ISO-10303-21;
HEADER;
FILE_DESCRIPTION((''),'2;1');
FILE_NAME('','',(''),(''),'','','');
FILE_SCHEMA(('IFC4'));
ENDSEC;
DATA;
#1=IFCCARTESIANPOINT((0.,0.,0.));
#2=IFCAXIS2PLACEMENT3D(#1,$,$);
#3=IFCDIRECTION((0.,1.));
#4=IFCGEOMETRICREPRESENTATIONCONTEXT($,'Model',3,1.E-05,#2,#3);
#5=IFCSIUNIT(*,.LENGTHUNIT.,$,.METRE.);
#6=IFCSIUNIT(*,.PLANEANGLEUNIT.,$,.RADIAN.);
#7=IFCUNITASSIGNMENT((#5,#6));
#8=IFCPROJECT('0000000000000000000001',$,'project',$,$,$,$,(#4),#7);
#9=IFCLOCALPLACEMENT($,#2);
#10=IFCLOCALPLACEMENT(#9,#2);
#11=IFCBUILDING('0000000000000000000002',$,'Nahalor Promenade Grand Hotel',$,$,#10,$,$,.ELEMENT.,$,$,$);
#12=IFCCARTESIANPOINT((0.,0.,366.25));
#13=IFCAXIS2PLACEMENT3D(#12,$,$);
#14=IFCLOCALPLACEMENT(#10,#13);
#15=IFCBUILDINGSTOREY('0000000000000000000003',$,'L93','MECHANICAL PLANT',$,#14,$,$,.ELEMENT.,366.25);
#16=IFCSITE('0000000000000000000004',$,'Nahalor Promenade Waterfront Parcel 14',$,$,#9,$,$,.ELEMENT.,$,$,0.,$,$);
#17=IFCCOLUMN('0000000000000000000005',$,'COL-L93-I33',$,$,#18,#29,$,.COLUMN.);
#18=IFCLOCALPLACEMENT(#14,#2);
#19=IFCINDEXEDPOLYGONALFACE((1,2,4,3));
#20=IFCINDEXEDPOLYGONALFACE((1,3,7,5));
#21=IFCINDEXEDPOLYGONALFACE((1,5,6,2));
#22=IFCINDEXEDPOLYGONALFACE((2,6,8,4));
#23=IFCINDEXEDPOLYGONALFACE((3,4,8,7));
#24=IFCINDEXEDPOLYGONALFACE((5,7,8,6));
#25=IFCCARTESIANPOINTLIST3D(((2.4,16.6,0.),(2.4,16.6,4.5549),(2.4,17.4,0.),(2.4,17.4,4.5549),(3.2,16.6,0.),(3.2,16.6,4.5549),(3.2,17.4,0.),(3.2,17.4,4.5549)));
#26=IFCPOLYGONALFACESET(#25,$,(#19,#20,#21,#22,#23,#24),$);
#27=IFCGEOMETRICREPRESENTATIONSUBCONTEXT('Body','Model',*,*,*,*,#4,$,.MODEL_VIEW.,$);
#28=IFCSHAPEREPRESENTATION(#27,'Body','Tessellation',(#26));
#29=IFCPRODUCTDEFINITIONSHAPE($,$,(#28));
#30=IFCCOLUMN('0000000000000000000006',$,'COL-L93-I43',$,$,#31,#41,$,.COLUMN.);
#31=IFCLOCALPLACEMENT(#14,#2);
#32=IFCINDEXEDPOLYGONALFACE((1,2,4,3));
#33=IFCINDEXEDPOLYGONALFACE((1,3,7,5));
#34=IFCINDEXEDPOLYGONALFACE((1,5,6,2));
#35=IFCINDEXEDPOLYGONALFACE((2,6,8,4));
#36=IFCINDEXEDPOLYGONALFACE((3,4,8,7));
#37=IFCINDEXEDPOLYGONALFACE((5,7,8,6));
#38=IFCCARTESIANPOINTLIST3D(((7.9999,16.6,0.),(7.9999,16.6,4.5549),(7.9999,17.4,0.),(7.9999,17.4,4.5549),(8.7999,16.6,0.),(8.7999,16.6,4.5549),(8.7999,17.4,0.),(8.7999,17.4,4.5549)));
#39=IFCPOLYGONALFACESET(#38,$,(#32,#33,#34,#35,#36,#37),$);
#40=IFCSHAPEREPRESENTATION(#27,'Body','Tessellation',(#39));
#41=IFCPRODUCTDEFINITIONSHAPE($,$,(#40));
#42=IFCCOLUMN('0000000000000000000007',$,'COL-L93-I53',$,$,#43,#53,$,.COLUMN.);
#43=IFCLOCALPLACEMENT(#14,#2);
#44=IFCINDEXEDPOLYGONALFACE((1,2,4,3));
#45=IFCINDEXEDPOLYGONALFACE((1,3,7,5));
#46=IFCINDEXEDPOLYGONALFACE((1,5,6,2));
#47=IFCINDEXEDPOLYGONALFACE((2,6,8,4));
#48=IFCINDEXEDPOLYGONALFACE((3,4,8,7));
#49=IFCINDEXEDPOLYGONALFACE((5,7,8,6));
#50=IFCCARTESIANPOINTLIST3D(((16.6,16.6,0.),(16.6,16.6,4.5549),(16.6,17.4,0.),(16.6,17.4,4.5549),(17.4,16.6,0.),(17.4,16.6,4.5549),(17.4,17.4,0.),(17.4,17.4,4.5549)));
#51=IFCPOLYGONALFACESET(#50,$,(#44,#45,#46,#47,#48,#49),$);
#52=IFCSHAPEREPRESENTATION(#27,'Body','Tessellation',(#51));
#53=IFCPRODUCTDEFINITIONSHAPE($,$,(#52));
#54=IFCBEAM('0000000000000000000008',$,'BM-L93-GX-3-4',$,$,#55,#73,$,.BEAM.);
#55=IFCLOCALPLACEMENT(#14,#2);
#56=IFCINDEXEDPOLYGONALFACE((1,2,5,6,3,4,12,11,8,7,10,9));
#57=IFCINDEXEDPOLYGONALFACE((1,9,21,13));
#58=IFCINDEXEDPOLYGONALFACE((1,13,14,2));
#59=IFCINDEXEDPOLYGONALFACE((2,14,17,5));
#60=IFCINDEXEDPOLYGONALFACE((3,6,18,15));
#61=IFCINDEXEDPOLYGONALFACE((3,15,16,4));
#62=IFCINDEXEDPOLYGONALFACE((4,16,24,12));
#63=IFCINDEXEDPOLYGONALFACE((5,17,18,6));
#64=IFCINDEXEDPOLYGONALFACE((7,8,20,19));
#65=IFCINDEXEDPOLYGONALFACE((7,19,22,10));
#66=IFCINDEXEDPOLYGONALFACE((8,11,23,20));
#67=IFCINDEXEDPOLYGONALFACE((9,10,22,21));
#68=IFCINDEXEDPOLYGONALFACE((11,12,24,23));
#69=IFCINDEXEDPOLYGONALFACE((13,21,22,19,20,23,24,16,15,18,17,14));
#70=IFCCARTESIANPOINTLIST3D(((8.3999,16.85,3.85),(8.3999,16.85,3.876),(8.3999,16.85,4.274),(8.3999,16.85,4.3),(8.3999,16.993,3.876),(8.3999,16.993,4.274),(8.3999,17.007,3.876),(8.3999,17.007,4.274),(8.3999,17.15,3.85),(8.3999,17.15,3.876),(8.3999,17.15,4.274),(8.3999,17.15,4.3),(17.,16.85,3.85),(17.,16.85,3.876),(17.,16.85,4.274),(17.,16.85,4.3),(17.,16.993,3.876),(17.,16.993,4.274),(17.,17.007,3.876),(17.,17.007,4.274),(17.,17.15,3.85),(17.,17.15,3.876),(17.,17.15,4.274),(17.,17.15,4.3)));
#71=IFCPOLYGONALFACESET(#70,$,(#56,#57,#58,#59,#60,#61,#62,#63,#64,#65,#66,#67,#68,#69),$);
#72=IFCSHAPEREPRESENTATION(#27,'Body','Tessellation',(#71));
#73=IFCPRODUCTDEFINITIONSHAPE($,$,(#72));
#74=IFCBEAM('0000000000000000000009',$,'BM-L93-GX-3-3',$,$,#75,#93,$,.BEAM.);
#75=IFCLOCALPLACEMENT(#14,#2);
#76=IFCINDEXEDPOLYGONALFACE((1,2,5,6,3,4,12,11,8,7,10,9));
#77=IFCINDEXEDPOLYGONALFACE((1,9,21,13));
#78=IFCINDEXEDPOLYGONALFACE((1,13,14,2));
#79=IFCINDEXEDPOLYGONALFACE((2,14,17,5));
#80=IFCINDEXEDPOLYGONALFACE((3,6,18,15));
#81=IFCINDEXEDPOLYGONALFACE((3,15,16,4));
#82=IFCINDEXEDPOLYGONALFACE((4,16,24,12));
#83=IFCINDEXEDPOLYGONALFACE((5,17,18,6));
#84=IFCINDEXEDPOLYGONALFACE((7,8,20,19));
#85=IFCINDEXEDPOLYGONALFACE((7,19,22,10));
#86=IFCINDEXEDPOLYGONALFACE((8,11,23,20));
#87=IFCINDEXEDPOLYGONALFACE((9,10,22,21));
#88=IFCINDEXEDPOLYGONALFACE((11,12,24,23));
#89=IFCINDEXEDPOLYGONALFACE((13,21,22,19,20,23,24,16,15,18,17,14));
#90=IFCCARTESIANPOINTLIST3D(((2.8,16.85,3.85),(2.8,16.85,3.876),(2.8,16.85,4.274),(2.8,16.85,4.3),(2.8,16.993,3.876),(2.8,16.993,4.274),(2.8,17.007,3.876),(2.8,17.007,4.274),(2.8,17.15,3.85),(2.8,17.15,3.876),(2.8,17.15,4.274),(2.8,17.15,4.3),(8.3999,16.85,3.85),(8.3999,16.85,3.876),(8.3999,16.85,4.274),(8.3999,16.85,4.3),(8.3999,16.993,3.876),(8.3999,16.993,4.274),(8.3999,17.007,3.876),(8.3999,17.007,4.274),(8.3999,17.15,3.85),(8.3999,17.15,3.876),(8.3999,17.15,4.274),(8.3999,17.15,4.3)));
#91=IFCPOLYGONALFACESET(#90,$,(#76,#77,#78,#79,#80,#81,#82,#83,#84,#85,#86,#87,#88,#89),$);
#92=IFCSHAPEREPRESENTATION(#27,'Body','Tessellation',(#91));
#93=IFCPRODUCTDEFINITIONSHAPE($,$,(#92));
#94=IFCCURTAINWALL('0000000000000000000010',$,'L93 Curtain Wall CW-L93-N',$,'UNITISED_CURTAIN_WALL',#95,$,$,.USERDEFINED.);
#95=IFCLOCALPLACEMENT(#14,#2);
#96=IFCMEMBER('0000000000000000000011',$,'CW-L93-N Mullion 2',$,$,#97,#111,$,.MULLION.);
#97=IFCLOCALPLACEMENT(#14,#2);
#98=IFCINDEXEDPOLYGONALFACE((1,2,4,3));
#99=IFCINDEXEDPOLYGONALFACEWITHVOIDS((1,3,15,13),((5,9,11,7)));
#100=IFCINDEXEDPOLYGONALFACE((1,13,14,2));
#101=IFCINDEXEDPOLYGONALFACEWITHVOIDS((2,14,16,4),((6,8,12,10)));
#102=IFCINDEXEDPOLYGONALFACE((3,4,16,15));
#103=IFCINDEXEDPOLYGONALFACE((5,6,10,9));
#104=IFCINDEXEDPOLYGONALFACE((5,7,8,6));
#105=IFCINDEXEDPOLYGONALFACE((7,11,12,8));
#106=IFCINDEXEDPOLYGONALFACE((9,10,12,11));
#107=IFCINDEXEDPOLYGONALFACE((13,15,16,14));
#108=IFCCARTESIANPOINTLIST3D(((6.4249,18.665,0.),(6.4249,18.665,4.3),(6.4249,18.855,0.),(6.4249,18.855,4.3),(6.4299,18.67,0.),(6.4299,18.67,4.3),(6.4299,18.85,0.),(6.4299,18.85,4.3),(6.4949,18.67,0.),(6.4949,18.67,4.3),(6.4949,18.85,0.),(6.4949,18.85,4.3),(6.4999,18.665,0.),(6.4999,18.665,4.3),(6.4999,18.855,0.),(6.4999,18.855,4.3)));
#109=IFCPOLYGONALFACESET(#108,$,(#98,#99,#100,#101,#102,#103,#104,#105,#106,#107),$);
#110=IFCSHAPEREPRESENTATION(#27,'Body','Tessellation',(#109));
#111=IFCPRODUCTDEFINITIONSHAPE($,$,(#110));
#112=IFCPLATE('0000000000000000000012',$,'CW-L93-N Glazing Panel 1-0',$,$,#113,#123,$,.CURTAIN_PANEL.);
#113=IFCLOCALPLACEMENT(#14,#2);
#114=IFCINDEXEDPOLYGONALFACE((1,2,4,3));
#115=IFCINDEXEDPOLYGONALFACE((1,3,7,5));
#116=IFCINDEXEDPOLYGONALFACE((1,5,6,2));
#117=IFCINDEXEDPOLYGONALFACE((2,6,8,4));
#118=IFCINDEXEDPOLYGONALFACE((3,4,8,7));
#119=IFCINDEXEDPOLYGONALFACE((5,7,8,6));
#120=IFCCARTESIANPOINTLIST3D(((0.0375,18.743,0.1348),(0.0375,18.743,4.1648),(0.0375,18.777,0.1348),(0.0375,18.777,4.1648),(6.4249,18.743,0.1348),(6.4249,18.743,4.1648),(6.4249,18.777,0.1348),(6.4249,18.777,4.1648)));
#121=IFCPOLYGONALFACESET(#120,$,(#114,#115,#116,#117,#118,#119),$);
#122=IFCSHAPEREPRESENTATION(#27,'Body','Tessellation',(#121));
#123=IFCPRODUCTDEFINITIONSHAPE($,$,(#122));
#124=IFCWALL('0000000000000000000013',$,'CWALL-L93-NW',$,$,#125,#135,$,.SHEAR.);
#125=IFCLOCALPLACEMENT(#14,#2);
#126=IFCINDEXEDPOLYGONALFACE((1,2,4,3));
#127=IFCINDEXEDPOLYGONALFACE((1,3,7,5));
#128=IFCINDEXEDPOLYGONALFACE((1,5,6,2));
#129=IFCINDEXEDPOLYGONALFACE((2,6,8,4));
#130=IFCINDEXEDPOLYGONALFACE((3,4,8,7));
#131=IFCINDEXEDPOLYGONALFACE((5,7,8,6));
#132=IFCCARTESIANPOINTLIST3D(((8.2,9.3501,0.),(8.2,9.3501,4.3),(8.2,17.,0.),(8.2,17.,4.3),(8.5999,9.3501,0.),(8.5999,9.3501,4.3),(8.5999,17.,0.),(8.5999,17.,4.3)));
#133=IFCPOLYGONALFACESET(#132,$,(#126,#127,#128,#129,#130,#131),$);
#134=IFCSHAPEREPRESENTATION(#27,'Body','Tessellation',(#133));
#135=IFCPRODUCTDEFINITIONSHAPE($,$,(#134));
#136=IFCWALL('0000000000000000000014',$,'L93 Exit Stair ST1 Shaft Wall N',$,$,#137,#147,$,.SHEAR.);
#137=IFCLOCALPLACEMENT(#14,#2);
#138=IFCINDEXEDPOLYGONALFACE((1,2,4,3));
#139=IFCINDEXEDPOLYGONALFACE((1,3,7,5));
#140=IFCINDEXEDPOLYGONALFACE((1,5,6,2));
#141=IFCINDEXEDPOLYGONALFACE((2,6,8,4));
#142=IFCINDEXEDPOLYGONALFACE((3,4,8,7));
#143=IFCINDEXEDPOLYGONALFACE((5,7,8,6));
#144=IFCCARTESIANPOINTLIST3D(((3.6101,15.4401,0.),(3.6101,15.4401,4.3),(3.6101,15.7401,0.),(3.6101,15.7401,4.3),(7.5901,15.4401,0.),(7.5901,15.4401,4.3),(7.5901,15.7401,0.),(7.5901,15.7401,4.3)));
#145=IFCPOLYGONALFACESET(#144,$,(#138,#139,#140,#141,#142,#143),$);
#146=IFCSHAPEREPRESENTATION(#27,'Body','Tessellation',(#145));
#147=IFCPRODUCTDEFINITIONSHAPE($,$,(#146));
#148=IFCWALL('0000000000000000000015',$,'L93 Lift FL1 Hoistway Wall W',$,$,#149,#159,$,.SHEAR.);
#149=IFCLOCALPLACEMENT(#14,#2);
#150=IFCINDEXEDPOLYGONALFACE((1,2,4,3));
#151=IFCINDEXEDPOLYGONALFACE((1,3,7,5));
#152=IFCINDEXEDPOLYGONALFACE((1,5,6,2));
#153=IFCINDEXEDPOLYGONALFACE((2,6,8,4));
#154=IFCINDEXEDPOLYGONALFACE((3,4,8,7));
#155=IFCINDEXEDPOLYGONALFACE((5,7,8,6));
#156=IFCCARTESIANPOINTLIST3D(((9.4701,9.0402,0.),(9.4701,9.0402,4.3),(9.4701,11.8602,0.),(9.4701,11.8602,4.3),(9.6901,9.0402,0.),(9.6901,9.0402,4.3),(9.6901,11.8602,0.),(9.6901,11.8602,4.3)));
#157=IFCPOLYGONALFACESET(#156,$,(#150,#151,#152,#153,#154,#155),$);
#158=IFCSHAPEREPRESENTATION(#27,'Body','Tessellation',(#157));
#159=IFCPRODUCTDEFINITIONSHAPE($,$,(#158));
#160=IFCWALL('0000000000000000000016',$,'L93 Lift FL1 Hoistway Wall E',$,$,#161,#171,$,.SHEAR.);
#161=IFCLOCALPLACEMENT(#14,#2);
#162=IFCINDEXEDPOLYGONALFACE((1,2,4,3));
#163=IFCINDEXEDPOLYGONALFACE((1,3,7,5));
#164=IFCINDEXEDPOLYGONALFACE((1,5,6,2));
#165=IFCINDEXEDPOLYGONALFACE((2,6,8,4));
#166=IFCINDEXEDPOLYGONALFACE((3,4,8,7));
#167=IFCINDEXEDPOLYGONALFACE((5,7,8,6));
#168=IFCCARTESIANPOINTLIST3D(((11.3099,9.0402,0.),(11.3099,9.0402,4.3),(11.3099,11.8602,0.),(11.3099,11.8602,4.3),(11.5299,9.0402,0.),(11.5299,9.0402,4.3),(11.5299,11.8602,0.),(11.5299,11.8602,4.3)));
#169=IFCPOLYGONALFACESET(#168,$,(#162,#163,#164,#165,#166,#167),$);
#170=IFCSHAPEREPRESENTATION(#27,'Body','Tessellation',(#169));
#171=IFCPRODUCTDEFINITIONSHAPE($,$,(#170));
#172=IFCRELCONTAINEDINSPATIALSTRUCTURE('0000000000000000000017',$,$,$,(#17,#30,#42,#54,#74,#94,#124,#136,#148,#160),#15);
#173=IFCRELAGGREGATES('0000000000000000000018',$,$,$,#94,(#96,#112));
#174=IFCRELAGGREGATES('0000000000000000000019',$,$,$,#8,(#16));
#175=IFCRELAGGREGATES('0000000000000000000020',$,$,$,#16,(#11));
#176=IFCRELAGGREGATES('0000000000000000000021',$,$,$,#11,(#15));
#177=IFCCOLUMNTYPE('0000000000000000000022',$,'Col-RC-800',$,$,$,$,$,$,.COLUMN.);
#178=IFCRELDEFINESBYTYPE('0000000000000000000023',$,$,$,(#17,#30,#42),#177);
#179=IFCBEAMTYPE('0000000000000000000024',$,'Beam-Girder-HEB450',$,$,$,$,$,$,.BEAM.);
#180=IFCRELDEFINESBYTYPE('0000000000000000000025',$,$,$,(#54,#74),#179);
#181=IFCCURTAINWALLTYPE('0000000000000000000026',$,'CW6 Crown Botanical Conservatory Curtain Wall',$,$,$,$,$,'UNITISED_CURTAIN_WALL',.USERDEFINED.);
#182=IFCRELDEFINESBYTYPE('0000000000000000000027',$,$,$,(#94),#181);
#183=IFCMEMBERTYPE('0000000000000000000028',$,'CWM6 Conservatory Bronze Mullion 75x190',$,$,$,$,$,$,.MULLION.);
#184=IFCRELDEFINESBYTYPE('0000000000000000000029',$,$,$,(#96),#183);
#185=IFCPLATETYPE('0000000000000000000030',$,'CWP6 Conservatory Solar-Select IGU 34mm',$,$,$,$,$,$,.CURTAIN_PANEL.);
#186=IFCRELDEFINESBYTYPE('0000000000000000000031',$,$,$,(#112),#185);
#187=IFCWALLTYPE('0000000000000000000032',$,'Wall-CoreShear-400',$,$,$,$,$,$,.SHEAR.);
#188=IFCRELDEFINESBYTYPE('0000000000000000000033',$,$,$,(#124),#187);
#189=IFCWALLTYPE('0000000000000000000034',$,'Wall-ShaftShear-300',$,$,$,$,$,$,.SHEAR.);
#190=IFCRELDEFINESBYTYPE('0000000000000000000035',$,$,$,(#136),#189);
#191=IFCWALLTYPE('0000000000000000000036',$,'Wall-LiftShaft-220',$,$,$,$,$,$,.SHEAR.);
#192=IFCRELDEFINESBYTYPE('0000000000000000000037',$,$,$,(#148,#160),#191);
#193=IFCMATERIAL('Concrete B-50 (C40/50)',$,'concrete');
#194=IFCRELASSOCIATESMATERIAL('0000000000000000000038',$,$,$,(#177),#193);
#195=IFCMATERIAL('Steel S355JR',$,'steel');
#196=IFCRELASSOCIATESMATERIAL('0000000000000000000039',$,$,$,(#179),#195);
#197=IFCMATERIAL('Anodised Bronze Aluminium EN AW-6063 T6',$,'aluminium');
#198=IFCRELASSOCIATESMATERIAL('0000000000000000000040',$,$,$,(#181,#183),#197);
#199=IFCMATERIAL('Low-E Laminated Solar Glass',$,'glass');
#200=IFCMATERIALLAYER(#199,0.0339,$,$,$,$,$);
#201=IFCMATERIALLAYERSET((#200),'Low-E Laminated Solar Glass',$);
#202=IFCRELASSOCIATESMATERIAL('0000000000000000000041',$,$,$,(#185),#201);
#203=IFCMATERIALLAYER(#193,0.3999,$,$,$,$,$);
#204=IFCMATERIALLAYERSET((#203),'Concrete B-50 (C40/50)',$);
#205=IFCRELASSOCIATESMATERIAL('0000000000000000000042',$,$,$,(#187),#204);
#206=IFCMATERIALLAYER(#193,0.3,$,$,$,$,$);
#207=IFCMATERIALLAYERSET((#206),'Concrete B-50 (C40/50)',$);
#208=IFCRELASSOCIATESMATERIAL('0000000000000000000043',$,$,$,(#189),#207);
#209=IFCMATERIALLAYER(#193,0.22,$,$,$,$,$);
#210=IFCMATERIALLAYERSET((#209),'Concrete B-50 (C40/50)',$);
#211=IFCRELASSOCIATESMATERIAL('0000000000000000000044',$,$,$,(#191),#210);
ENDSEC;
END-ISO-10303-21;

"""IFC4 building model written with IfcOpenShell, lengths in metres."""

from ifc_helpers import new_model, si_unit, direction, frame, frame_2d, origin, origin_2d, place, context, subcontext, project, spatial, rectangle, hollow_rectangle, i_section, extrude, source, transform, mapped, material, layer, layer_set, material_profile, profile_set, type_object, element, aggregate, save


model = new_model("IFC4")

# Units and contexts
model_context = context("Model", 3, precision=1e-05, world=origin(), true_north=direction((0.0, 1.0)))
body_context = subcontext(model_context, "Body", "Model", "MODEL_VIEW")
ifc_project = project(units=[si_unit("LENGTHUNIT", "METRE"), si_unit("PLANEANGLEUNIT", "RADIAN")], contexts=[model_context])

# Site, building, storey
site_placement = place(None, origin())
site = spatial("IfcSite", under=ifc_project, at=site_placement, Name="Nahalor Promenade Waterfront Parcel 14", CompositionType="ELEMENT", RefElevation=0.0)
building_placement = place(site_placement, origin())
building = spatial("IfcBuilding", under=site, at=building_placement, Name="Nahalor Promenade Grand Hotel", CompositionType="ELEMENT")
storey_placement = place(building_placement, frame((0.0, 0.0, 366.25)))
storey = spatial("IfcBuildingStorey", under=building, at=storey_placement, Name="L93", Description="MECHANICAL PLANT", CompositionType="ELEMENT", Elevation=366.25)

# Columns
ifc_material_1 = material(Name="Concrete B-50 (C40/50)", Category="concrete")
ifc_material_profile_1 = material_profile(ifc_material_1, rectangle(XDim=0.8, YDim=0.8, at=origin_2d()), Name="RC 800x800")
ifc_profile_set_1 = profile_set([ifc_material_profile_1], Name="Concrete B-50 (C40/50)")
column_type = type_object("IfcColumnType", Name="Col-RC-800", PredefinedType="COLUMN", material=ifc_profile_set_1)
shared_shape_1 = source(origin(), body_context, "Body", "SweptSolid", [
    extrude(rectangle(XDim=0.8, YDim=0.8, at=origin_2d()), origin(), (0.0, 0.0, 1.0), 4.5549),
])
for number, where, z_axis, x_axis, name in (
    (1, (2.8, 17.0, 0.0), (0.0, 0.0, 1.0), (1.0, 0.0, 0.0), "COL-L93-I33"),
    (2, (8.3999, 17.0, 0.0), (0.0, 0.0, 1.0), (1.0, 0.0, 0.0), "COL-L93-I43"),
    (3, (17.0, 17.0, 0.0), (0.0, 0.0, 1.0), (1.0, 0.0, 0.0), "COL-L93-I53"),
):
    element("IfcColumn", number, at=place(storey_placement, frame(where, z_axis=z_axis, x_axis=x_axis)), inside=storey, type_object=column_type, Name=name, PredefinedType="COLUMN", context=body_context, shape_type="MappedRepresentation", body=[
        mapped(shared_shape_1, transform((0.0, 0.0, 0.0), scale=1.0)),
    ])

# Beams
ifc_material_2 = material(Name="Steel S355JR", Category="steel")
ifc_material_profile_2 = material_profile(ifc_material_2, i_section(OverallWidth=0.3, OverallDepth=0.45, WebThickness=0.014, FlangeThickness=0.026, at=origin_2d()), Name="HEB 450")
ifc_profile_set_2 = profile_set([ifc_material_profile_2], Name="Steel S355JR")
beam_type = type_object("IfcBeamType", Name="Beam-Girder-HEB450", PredefinedType="BEAM", material=ifc_profile_set_2)
shared_shape_2 = source(origin(), body_context, "Body", "SweptSolid", [
    extrude(i_section(OverallWidth=0.3, OverallDepth=0.45, WebThickness=0.014, FlangeThickness=0.026, at=origin_2d()), origin(), (0.0, 0.0, 1.0), 8.6001),
])
beam_1_placement = place(storey_placement, frame((8.3999, 17.0, 4.075), z_axis=(1.0, 0.0, 0.0), x_axis=(0.0, 1.0, 0.0)))
element("IfcBeam", 4, at=beam_1_placement, inside=storey, type_object=beam_type, Name="BM-L93-GX-3-4", PredefinedType="BEAM", context=body_context, shape_type="MappedRepresentation", body=[
    mapped(shared_shape_2, transform((0.0, 0.0, 0.0), scale=1.0)),
])
shared_shape_3 = source(origin(), body_context, "Body", "SweptSolid", [
    extrude(i_section(OverallWidth=0.3, OverallDepth=0.45, WebThickness=0.014, FlangeThickness=0.026, at=origin_2d()), origin(), (0.0, 0.0, 1.0), 5.5999),
])
beam_2_placement = place(storey_placement, frame((2.8, 17.0, 4.075), z_axis=(1.0, 0.0, 0.0), x_axis=(0.0, 1.0, 0.0)))
element("IfcBeam", 5, at=beam_2_placement, inside=storey, type_object=beam_type, Name="BM-L93-GX-3-3", PredefinedType="BEAM", context=body_context, shape_type="MappedRepresentation", body=[
    mapped(shared_shape_3, transform((0.0, 0.0, 0.0), scale=1.0)),
])

# Curtain wall, member, plate
ifc_material_3 = material(Name="Anodised Bronze Aluminium EN AW-6063 T6", Category="aluminium")
curtain_wall_type = type_object("IfcCurtainWallType", Name="CW6 Crown Botanical Conservatory Curtain Wall", ElementType="UNITISED_CURTAIN_WALL", PredefinedType="USERDEFINED", material=ifc_material_3)
curtain_wall_placement = place(storey_placement, origin())
curtain_wall = element("IfcCurtainWall", 6, at=curtain_wall_placement, inside=storey, type_object=curtain_wall_type, Name="L93 Curtain Wall CW-L93-N", ObjectType="UNITISED_CURTAIN_WALL", PredefinedType="USERDEFINED")
ifc_material_profile_3 = material_profile(ifc_material_3, hollow_rectangle(XDim=0.075, YDim=0.19, WallThickness=0.005, at=origin_2d()), Name="CWM 75x190x5")
ifc_profile_set_3 = profile_set([ifc_material_profile_3], Name="Anodised Bronze Aluminium EN AW-6063 T6")
member_type = type_object("IfcMemberType", Name="CWM6 Conservatory Bronze Mullion 75x190", PredefinedType="MULLION", material=ifc_profile_set_3)
shared_shape_4 = source(origin(), body_context, "Body", "SweptSolid", [
    extrude(hollow_rectangle(XDim=0.075, YDim=0.19, WallThickness=0.005, at=origin_2d()), origin(), (0.0, 0.0, 1.0), 4.3),
])
member_placement = place(storey_placement, frame((6.4624, 18.76, 0.0), z_axis=(0.0, 0.0, 1.0), x_axis=(1.0, 0.0, 0.0)))
member = element("IfcMember", 7, at=member_placement, type_object=member_type, Name="CW-L93-N Mullion 2", PredefinedType="MULLION", context=body_context, shape_type="MappedRepresentation", body=[
    mapped(shared_shape_4, transform((0.0, 0.0, 0.0), scale=1.0)),
])
ifc_material_4 = material(Name="Low-E Laminated Solar Glass", Category="glass")
ifc_layer_1 = layer(ifc_material_4, 0.0339)
ifc_layer_set_1 = layer_set([ifc_layer_1], Name="Low-E Laminated Solar Glass")
plate_type = type_object("IfcPlateType", Name="CWP6 Conservatory Solar-Select IGU 34mm", PredefinedType="CURTAIN_PANEL", material=ifc_layer_set_1)
shared_shape_5 = source(origin(), body_context, "Body", "SweptSolid", [
    extrude(rectangle(XDim=6.3875, YDim=0.0339, at=origin_2d()), origin(), (0.0, 0.0, 1.0), 4.03),
])
plate_placement = place(storey_placement, frame((3.2312, 18.76, 0.1348), z_axis=(0.0, 0.0, 1.0), x_axis=(1.0, 0.0, 0.0)))
plate = element("IfcPlate", 8, at=plate_placement, type_object=plate_type, Name="CW-L93-N Glazing Panel 1-0", PredefinedType="CURTAIN_PANEL", context=body_context, shape_type="MappedRepresentation", body=[
    mapped(shared_shape_5, transform((0.0, 0.0, 0.0), scale=1.0)),
])
aggregate(curtain_wall, [member, plate])

# Walls
ifc_layer_2 = layer(ifc_material_1, 0.3999)
ifc_layer_set_2 = layer_set([ifc_layer_2], Name="Concrete B-50 (C40/50)")
wall_type_1 = type_object("IfcWallType", Name="Wall-CoreShear-400", PredefinedType="SHEAR", material=ifc_layer_set_2)
shared_shape_6 = source(origin(), body_context, "Body", "SweptSolid", [
    extrude(rectangle(XDim=7.6499, YDim=0.3999, at=frame_2d((3.825, 0.0))), origin(), (0.0, 0.0, 1.0), 4.3),
])
wall_1_placement = place(storey_placement, frame((8.3999, 9.3501, 0.0), z_axis=(0.0, 0.0, 1.0), x_axis=(0.0, 1.0, 0.0)))
element("IfcWall", 9, at=wall_1_placement, inside=storey, type_object=wall_type_1, Name="CWALL-L93-NW", PredefinedType="SHEAR", context=body_context, shape_type="MappedRepresentation", body=[
    mapped(shared_shape_6, transform((0.0, 0.0, 0.0), scale=1.0)),
])
ifc_layer_3 = layer(ifc_material_1, 0.3)
ifc_layer_set_3 = layer_set([ifc_layer_3], Name="Concrete B-50 (C40/50)")
wall_type_2 = type_object("IfcWallType", Name="Wall-ShaftShear-300", PredefinedType="SHEAR", material=ifc_layer_set_3)
shared_shape_7 = source(origin(), body_context, "Body", "SweptSolid", [
    extrude(rectangle(XDim=3.98, YDim=0.3, at=frame_2d((1.99, 0.0))), origin(), (0.0, 0.0, 1.0), 4.3),
])
wall_2_placement = place(storey_placement, frame((3.6101, 15.5901, 0.0), z_axis=(0.0, 0.0, 1.0), x_axis=(1.0, 0.0, 0.0)))
element("IfcWall", 10, at=wall_2_placement, inside=storey, type_object=wall_type_2, Name="L93 Exit Stair ST1 Shaft Wall N", PredefinedType="SHEAR", context=body_context, shape_type="MappedRepresentation", body=[
    mapped(shared_shape_7, transform((0.0, 0.0, 0.0), scale=1.0)),
])
ifc_layer_4 = layer(ifc_material_1, 0.22)
ifc_layer_set_4 = layer_set([ifc_layer_4], Name="Concrete B-50 (C40/50)")
wall_type_3 = type_object("IfcWallType", Name="Wall-LiftShaft-220", PredefinedType="SHEAR", material=ifc_layer_set_4)
shared_shape_8 = source(origin(), body_context, "Body", "SweptSolid", [
    extrude(rectangle(XDim=2.8201, YDim=0.22, at=frame_2d((1.4102, 0.0))), origin(), (0.0, 0.0, 1.0), 4.3),
])
for number, where, z_axis, x_axis, name in (
    (11, (9.5801, 9.04, 0.0), (0.0, 0.0, 1.0), (0.0, 1.0, 0.0), "L93 Lift FL1 Hoistway Wall W"),
    (12, (11.4199, 9.04, 0.0), (0.0, 0.0, 1.0), (0.0, 1.0, 0.0), "L93 Lift FL1 Hoistway Wall E"),
):
    element("IfcWall", number, at=place(storey_placement, frame(where, z_axis=z_axis, x_axis=x_axis)), inside=storey, type_object=wall_type_3, Name=name, PredefinedType="SHEAR", context=body_context, shape_type="MappedRepresentation", body=[
        mapped(shared_shape_8, transform((0.0, 0.0, 0.0), scale=1.0)),
    ])

save(model, "model.ifc")
